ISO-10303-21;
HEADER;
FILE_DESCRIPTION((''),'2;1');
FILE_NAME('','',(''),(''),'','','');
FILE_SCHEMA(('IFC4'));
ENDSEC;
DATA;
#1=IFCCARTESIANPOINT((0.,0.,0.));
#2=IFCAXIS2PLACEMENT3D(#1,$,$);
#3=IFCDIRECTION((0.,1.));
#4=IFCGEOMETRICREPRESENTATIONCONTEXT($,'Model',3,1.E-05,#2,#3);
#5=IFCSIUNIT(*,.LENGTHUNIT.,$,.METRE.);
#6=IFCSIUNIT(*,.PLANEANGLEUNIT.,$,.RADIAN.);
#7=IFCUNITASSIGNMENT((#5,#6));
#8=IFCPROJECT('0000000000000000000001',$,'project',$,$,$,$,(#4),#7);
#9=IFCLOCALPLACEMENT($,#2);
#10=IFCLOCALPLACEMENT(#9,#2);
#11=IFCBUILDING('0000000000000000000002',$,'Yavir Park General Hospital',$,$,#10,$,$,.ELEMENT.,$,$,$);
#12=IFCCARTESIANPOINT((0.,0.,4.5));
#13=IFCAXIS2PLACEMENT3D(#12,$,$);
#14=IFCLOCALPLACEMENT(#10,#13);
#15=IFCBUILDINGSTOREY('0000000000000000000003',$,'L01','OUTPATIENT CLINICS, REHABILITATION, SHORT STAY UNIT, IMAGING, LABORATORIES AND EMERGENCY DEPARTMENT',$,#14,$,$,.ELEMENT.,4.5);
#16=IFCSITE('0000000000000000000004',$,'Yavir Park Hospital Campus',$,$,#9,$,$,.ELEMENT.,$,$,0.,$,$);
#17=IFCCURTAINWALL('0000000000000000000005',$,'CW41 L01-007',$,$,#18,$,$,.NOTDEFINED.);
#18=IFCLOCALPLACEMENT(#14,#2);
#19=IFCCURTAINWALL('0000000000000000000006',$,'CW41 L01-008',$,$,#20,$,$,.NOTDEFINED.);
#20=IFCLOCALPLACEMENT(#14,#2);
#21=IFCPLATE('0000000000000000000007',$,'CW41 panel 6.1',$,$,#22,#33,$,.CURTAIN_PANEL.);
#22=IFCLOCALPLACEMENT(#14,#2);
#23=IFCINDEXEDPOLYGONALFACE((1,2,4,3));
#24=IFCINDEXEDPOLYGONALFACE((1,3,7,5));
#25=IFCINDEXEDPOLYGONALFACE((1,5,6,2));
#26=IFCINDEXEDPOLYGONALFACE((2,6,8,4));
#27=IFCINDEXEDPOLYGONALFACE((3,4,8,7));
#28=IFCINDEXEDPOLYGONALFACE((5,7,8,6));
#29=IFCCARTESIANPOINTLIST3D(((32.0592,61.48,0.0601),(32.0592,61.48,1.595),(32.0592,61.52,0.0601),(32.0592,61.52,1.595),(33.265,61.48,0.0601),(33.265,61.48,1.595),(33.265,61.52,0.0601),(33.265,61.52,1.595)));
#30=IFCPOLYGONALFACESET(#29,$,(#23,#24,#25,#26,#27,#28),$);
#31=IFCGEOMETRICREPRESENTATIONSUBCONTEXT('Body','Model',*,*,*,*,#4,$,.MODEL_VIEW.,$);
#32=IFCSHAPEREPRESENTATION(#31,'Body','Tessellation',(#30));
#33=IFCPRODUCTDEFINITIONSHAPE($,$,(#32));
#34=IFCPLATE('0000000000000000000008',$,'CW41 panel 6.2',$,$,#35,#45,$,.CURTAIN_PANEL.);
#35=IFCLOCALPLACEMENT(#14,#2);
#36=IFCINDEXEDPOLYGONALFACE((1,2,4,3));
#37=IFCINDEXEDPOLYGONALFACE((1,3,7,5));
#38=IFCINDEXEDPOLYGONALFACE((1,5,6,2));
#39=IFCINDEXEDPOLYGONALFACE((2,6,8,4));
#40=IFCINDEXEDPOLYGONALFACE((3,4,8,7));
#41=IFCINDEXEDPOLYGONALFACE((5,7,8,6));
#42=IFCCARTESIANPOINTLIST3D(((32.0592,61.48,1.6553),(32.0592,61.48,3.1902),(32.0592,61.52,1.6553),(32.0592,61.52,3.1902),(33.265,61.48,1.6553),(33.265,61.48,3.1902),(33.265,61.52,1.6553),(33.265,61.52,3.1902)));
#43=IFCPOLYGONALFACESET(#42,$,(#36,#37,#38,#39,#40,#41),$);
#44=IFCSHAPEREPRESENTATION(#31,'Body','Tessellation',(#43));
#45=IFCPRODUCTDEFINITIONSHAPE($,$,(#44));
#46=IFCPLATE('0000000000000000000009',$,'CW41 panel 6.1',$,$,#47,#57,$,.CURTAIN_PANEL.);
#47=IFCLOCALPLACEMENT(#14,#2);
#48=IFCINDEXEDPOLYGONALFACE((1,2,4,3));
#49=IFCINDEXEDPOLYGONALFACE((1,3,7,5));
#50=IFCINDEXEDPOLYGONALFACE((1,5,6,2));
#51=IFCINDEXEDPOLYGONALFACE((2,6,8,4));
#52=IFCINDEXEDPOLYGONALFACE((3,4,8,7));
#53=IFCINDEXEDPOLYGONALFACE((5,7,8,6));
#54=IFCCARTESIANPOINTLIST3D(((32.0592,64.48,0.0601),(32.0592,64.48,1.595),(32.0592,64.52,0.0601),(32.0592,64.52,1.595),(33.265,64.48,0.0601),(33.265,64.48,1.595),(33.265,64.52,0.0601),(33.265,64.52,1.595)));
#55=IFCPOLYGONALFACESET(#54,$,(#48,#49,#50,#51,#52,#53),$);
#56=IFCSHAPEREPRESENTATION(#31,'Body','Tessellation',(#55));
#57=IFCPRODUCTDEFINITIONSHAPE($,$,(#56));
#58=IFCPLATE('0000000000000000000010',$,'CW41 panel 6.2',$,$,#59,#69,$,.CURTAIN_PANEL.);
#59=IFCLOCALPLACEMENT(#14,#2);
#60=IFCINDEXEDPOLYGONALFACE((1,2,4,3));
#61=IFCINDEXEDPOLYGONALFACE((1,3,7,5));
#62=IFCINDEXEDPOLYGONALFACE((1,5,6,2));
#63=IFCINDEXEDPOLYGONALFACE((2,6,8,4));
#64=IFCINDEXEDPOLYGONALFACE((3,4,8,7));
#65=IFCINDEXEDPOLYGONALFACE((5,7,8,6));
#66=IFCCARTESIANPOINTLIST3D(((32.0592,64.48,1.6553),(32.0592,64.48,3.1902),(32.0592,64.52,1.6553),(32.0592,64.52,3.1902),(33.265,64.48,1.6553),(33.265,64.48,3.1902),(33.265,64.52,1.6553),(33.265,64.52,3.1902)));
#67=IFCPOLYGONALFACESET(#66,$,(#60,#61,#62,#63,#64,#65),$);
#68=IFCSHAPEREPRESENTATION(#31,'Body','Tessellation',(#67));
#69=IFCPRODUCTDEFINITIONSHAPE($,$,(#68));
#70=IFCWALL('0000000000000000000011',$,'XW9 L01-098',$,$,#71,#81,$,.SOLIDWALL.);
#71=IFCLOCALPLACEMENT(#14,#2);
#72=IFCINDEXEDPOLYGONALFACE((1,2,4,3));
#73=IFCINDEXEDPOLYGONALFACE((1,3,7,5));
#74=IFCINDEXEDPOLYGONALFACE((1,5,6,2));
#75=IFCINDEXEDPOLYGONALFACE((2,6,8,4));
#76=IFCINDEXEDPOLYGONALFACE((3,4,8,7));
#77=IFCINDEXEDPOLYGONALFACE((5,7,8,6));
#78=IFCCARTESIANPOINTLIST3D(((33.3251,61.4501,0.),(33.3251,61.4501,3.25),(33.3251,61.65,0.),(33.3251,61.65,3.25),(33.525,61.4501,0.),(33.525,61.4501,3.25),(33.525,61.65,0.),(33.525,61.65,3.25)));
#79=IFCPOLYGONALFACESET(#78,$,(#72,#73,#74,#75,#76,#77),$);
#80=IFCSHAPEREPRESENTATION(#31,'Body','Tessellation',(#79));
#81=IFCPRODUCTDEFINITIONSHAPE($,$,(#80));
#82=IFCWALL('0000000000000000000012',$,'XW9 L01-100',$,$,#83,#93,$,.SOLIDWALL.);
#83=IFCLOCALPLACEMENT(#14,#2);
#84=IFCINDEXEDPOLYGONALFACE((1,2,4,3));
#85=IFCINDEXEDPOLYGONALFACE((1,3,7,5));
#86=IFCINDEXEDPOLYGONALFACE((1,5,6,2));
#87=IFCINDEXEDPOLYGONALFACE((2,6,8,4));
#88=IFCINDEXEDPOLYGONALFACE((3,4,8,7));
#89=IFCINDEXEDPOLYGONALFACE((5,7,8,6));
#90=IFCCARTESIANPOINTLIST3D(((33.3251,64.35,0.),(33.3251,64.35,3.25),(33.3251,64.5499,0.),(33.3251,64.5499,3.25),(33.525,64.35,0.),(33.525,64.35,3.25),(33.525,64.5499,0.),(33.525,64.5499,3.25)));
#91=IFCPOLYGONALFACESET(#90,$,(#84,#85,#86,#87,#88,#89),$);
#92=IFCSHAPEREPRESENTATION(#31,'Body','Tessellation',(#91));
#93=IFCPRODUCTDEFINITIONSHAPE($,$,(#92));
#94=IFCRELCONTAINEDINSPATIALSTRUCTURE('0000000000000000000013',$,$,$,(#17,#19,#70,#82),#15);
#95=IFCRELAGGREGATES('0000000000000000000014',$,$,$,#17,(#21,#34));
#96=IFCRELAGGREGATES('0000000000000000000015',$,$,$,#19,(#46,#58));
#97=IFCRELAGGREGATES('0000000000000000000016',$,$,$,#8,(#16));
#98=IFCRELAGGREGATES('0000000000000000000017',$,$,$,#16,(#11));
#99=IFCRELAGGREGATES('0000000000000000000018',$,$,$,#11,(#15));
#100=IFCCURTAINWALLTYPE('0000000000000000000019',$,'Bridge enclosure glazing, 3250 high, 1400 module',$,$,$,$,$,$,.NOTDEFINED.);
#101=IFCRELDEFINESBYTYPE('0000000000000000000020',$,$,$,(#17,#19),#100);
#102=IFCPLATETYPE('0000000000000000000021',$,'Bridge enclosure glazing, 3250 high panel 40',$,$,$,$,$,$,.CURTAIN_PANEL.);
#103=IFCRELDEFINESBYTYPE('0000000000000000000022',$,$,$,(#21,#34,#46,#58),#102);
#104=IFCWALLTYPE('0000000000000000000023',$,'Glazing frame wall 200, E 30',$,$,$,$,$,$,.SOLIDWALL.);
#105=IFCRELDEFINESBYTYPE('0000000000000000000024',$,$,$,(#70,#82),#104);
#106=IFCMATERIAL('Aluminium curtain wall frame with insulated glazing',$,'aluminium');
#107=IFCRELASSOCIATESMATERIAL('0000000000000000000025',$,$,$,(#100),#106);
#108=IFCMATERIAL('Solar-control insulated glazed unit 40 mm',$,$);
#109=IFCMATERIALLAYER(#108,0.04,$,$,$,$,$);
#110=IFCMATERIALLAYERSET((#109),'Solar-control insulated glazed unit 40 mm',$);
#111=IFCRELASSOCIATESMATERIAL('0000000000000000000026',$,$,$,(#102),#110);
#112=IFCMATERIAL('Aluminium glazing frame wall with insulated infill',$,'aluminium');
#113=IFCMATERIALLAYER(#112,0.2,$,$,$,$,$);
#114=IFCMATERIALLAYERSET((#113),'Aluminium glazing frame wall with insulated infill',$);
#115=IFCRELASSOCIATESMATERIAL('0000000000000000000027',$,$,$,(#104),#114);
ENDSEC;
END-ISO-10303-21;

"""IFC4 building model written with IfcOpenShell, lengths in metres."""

from ifc_helpers import new_model, si_unit, direction, frame, frame_2d, origin, origin_2d, place, context, subcontext, project, spatial, rectangle, extrude, material, layer, layer_set, type_object, element, aggregate, save


model = new_model("IFC4")

# Units and contexts
model_context = context("Model", 3, precision=1e-05, world=origin(), true_north=direction((0.0, 1.0)))
body_context = subcontext(model_context, "Body", "Model", "MODEL_VIEW")
ifc_project = project(units=[si_unit("LENGTHUNIT", "METRE"), si_unit("PLANEANGLEUNIT", "RADIAN")], contexts=[model_context])

# Site, building, storey
site_placement = place(None, origin())
site = spatial("IfcSite", under=ifc_project, at=site_placement, Name="Yavir Park Hospital Campus", CompositionType="ELEMENT", RefElevation=0.0)
building_placement = place(site_placement, origin())
building = spatial("IfcBuilding", under=site, at=building_placement, Name="Yavir Park General Hospital", CompositionType="ELEMENT")
storey_placement = place(building_placement, frame((0.0, 0.0, 4.5)))
storey = spatial("IfcBuildingStorey", under=building, at=storey_placement, Name="L01", Description="OUTPATIENT CLINICS, REHABILITATION, SHORT STAY UNIT, IMAGING, LABORATORIES AND EMERGENCY DEPARTMENT", CompositionType="ELEMENT", Elevation=4.5)

# Curtain walls
ifc_material_1 = material(Name="Aluminium curtain wall frame with insulated glazing", Category="aluminium")
curtain_wall_type = type_object("IfcCurtainWallType", Name="Bridge enclosure glazing, 3250 high, 1400 module", PredefinedType="NOTDEFINED", material=ifc_material_1)
curtain_wall_1_placement = place(storey_placement, origin())
curtain_wall_1 = element("IfcCurtainWall", 1, at=curtain_wall_1_placement, inside=storey, type_object=curtain_wall_type, Name="CW41 L01-007", PredefinedType="NOTDEFINED")
curtain_wall_2_placement = place(storey_placement, origin())
curtain_wall_2 = element("IfcCurtainWall", 2, at=curtain_wall_2_placement, inside=storey, type_object=curtain_wall_type, Name="CW41 L01-008", PredefinedType="NOTDEFINED")

# Plates
ifc_material_2 = material(Name="Solar-control insulated glazed unit 40 mm")
ifc_layer_1 = layer(ifc_material_2, 0.04)
ifc_layer_set_1 = layer_set([ifc_layer_1], Name="Solar-control insulated glazed unit 40 mm")
plate_type = type_object("IfcPlateType", Name="Bridge enclosure glazing, 3250 high panel 40", PredefinedType="CURTAIN_PANEL", material=ifc_layer_set_1)
plate_1_placement = place(storey_placement, frame((32.6621, 61.5, 0.0601), z_axis=(0.0, 0.0, 1.0), x_axis=(1.0, 0.0, 0.0)))
plate_1 = element("IfcPlate", 3, at=plate_1_placement, type_object=plate_type, Name="CW41 panel 6.1", PredefinedType="CURTAIN_PANEL", context=body_context, shape_type="SweptSolid", body=[
    extrude(rectangle(XDim=1.2058, YDim=0.04, at=origin_2d()), origin(), (0.0, 0.0, 1.0), 1.5349),
])
plate_2_placement = place(storey_placement, frame((32.6621, 61.5, 1.6553), z_axis=(0.0, 0.0, 1.0), x_axis=(1.0, 0.0, 0.0)))
plate_2 = element("IfcPlate", 4, at=plate_2_placement, type_object=plate_type, Name="CW41 panel 6.2", PredefinedType="CURTAIN_PANEL", context=body_context, shape_type="SweptSolid", body=[
    extrude(rectangle(XDim=1.2058, YDim=0.04, at=origin_2d()), origin(), (0.0, 0.0, 1.0), 1.5349),
])
aggregate(curtain_wall_1, [plate_1, plate_2])
plate_3_placement = place(storey_placement, frame((32.6621, 64.5, 0.0601), z_axis=(0.0, 0.0, 1.0), x_axis=(1.0, 0.0, 0.0)))
plate_3 = element("IfcPlate", 5, at=plate_3_placement, type_object=plate_type, Name="CW41 panel 6.1", PredefinedType="CURTAIN_PANEL", context=body_context, shape_type="SweptSolid", body=[
    extrude(rectangle(XDim=1.2058, YDim=0.04, at=origin_2d()), origin(), (0.0, 0.0, 1.0), 1.5349),
])
plate_4_placement = place(storey_placement, frame((32.6621, 64.5, 1.6553), z_axis=(0.0, 0.0, 1.0), x_axis=(1.0, 0.0, 0.0)))
plate_4 = element("IfcPlate", 6, at=plate_4_placement, type_object=plate_type, Name="CW41 panel 6.2", PredefinedType="CURTAIN_PANEL", context=body_context, shape_type="SweptSolid", body=[
    extrude(rectangle(XDim=1.2058, YDim=0.04, at=origin_2d()), origin(), (0.0, 0.0, 1.0), 1.5349),
])
aggregate(curtain_wall_2, [plate_3, plate_4])

# Walls
ifc_material_3 = material(Name="Aluminium glazing frame wall with insulated infill", Category="aluminium")
ifc_layer_2 = layer(ifc_material_3, 0.2)
ifc_layer_set_2 = layer_set([ifc_layer_2], Name="Aluminium glazing frame wall with insulated infill")
wall_type_1 = type_object("IfcWallType", Name="Glazing frame wall 200, E 30", PredefinedType="SOLIDWALL", material=ifc_layer_set_2)
for number, where, z_axis, x_axis, name in (
    (7, (33.325, 61.55, 0.0), (0.0, 0.0, 1.0), (1.0, 0.0, 0.0), "XW9 L01-098"),
    (8, (33.325, 64.45, 0.0), (0.0, 0.0, 1.0), (1.0, 0.0, 0.0), "XW9 L01-100"),
):
    element("IfcWall", number, at=place(storey_placement, frame(where, z_axis=z_axis, x_axis=x_axis)), inside=storey, type_object=wall_type_1, Name=name, PredefinedType="SOLIDWALL", context=body_context, shape_type="SweptSolid", body=[
        extrude(rectangle(XDim=0.2, YDim=0.2, at=frame_2d((0.1001, 0.0))), origin(), (0.0, 0.0, 1.0), 3.25),
    ])

save(model, "model.ifc")
